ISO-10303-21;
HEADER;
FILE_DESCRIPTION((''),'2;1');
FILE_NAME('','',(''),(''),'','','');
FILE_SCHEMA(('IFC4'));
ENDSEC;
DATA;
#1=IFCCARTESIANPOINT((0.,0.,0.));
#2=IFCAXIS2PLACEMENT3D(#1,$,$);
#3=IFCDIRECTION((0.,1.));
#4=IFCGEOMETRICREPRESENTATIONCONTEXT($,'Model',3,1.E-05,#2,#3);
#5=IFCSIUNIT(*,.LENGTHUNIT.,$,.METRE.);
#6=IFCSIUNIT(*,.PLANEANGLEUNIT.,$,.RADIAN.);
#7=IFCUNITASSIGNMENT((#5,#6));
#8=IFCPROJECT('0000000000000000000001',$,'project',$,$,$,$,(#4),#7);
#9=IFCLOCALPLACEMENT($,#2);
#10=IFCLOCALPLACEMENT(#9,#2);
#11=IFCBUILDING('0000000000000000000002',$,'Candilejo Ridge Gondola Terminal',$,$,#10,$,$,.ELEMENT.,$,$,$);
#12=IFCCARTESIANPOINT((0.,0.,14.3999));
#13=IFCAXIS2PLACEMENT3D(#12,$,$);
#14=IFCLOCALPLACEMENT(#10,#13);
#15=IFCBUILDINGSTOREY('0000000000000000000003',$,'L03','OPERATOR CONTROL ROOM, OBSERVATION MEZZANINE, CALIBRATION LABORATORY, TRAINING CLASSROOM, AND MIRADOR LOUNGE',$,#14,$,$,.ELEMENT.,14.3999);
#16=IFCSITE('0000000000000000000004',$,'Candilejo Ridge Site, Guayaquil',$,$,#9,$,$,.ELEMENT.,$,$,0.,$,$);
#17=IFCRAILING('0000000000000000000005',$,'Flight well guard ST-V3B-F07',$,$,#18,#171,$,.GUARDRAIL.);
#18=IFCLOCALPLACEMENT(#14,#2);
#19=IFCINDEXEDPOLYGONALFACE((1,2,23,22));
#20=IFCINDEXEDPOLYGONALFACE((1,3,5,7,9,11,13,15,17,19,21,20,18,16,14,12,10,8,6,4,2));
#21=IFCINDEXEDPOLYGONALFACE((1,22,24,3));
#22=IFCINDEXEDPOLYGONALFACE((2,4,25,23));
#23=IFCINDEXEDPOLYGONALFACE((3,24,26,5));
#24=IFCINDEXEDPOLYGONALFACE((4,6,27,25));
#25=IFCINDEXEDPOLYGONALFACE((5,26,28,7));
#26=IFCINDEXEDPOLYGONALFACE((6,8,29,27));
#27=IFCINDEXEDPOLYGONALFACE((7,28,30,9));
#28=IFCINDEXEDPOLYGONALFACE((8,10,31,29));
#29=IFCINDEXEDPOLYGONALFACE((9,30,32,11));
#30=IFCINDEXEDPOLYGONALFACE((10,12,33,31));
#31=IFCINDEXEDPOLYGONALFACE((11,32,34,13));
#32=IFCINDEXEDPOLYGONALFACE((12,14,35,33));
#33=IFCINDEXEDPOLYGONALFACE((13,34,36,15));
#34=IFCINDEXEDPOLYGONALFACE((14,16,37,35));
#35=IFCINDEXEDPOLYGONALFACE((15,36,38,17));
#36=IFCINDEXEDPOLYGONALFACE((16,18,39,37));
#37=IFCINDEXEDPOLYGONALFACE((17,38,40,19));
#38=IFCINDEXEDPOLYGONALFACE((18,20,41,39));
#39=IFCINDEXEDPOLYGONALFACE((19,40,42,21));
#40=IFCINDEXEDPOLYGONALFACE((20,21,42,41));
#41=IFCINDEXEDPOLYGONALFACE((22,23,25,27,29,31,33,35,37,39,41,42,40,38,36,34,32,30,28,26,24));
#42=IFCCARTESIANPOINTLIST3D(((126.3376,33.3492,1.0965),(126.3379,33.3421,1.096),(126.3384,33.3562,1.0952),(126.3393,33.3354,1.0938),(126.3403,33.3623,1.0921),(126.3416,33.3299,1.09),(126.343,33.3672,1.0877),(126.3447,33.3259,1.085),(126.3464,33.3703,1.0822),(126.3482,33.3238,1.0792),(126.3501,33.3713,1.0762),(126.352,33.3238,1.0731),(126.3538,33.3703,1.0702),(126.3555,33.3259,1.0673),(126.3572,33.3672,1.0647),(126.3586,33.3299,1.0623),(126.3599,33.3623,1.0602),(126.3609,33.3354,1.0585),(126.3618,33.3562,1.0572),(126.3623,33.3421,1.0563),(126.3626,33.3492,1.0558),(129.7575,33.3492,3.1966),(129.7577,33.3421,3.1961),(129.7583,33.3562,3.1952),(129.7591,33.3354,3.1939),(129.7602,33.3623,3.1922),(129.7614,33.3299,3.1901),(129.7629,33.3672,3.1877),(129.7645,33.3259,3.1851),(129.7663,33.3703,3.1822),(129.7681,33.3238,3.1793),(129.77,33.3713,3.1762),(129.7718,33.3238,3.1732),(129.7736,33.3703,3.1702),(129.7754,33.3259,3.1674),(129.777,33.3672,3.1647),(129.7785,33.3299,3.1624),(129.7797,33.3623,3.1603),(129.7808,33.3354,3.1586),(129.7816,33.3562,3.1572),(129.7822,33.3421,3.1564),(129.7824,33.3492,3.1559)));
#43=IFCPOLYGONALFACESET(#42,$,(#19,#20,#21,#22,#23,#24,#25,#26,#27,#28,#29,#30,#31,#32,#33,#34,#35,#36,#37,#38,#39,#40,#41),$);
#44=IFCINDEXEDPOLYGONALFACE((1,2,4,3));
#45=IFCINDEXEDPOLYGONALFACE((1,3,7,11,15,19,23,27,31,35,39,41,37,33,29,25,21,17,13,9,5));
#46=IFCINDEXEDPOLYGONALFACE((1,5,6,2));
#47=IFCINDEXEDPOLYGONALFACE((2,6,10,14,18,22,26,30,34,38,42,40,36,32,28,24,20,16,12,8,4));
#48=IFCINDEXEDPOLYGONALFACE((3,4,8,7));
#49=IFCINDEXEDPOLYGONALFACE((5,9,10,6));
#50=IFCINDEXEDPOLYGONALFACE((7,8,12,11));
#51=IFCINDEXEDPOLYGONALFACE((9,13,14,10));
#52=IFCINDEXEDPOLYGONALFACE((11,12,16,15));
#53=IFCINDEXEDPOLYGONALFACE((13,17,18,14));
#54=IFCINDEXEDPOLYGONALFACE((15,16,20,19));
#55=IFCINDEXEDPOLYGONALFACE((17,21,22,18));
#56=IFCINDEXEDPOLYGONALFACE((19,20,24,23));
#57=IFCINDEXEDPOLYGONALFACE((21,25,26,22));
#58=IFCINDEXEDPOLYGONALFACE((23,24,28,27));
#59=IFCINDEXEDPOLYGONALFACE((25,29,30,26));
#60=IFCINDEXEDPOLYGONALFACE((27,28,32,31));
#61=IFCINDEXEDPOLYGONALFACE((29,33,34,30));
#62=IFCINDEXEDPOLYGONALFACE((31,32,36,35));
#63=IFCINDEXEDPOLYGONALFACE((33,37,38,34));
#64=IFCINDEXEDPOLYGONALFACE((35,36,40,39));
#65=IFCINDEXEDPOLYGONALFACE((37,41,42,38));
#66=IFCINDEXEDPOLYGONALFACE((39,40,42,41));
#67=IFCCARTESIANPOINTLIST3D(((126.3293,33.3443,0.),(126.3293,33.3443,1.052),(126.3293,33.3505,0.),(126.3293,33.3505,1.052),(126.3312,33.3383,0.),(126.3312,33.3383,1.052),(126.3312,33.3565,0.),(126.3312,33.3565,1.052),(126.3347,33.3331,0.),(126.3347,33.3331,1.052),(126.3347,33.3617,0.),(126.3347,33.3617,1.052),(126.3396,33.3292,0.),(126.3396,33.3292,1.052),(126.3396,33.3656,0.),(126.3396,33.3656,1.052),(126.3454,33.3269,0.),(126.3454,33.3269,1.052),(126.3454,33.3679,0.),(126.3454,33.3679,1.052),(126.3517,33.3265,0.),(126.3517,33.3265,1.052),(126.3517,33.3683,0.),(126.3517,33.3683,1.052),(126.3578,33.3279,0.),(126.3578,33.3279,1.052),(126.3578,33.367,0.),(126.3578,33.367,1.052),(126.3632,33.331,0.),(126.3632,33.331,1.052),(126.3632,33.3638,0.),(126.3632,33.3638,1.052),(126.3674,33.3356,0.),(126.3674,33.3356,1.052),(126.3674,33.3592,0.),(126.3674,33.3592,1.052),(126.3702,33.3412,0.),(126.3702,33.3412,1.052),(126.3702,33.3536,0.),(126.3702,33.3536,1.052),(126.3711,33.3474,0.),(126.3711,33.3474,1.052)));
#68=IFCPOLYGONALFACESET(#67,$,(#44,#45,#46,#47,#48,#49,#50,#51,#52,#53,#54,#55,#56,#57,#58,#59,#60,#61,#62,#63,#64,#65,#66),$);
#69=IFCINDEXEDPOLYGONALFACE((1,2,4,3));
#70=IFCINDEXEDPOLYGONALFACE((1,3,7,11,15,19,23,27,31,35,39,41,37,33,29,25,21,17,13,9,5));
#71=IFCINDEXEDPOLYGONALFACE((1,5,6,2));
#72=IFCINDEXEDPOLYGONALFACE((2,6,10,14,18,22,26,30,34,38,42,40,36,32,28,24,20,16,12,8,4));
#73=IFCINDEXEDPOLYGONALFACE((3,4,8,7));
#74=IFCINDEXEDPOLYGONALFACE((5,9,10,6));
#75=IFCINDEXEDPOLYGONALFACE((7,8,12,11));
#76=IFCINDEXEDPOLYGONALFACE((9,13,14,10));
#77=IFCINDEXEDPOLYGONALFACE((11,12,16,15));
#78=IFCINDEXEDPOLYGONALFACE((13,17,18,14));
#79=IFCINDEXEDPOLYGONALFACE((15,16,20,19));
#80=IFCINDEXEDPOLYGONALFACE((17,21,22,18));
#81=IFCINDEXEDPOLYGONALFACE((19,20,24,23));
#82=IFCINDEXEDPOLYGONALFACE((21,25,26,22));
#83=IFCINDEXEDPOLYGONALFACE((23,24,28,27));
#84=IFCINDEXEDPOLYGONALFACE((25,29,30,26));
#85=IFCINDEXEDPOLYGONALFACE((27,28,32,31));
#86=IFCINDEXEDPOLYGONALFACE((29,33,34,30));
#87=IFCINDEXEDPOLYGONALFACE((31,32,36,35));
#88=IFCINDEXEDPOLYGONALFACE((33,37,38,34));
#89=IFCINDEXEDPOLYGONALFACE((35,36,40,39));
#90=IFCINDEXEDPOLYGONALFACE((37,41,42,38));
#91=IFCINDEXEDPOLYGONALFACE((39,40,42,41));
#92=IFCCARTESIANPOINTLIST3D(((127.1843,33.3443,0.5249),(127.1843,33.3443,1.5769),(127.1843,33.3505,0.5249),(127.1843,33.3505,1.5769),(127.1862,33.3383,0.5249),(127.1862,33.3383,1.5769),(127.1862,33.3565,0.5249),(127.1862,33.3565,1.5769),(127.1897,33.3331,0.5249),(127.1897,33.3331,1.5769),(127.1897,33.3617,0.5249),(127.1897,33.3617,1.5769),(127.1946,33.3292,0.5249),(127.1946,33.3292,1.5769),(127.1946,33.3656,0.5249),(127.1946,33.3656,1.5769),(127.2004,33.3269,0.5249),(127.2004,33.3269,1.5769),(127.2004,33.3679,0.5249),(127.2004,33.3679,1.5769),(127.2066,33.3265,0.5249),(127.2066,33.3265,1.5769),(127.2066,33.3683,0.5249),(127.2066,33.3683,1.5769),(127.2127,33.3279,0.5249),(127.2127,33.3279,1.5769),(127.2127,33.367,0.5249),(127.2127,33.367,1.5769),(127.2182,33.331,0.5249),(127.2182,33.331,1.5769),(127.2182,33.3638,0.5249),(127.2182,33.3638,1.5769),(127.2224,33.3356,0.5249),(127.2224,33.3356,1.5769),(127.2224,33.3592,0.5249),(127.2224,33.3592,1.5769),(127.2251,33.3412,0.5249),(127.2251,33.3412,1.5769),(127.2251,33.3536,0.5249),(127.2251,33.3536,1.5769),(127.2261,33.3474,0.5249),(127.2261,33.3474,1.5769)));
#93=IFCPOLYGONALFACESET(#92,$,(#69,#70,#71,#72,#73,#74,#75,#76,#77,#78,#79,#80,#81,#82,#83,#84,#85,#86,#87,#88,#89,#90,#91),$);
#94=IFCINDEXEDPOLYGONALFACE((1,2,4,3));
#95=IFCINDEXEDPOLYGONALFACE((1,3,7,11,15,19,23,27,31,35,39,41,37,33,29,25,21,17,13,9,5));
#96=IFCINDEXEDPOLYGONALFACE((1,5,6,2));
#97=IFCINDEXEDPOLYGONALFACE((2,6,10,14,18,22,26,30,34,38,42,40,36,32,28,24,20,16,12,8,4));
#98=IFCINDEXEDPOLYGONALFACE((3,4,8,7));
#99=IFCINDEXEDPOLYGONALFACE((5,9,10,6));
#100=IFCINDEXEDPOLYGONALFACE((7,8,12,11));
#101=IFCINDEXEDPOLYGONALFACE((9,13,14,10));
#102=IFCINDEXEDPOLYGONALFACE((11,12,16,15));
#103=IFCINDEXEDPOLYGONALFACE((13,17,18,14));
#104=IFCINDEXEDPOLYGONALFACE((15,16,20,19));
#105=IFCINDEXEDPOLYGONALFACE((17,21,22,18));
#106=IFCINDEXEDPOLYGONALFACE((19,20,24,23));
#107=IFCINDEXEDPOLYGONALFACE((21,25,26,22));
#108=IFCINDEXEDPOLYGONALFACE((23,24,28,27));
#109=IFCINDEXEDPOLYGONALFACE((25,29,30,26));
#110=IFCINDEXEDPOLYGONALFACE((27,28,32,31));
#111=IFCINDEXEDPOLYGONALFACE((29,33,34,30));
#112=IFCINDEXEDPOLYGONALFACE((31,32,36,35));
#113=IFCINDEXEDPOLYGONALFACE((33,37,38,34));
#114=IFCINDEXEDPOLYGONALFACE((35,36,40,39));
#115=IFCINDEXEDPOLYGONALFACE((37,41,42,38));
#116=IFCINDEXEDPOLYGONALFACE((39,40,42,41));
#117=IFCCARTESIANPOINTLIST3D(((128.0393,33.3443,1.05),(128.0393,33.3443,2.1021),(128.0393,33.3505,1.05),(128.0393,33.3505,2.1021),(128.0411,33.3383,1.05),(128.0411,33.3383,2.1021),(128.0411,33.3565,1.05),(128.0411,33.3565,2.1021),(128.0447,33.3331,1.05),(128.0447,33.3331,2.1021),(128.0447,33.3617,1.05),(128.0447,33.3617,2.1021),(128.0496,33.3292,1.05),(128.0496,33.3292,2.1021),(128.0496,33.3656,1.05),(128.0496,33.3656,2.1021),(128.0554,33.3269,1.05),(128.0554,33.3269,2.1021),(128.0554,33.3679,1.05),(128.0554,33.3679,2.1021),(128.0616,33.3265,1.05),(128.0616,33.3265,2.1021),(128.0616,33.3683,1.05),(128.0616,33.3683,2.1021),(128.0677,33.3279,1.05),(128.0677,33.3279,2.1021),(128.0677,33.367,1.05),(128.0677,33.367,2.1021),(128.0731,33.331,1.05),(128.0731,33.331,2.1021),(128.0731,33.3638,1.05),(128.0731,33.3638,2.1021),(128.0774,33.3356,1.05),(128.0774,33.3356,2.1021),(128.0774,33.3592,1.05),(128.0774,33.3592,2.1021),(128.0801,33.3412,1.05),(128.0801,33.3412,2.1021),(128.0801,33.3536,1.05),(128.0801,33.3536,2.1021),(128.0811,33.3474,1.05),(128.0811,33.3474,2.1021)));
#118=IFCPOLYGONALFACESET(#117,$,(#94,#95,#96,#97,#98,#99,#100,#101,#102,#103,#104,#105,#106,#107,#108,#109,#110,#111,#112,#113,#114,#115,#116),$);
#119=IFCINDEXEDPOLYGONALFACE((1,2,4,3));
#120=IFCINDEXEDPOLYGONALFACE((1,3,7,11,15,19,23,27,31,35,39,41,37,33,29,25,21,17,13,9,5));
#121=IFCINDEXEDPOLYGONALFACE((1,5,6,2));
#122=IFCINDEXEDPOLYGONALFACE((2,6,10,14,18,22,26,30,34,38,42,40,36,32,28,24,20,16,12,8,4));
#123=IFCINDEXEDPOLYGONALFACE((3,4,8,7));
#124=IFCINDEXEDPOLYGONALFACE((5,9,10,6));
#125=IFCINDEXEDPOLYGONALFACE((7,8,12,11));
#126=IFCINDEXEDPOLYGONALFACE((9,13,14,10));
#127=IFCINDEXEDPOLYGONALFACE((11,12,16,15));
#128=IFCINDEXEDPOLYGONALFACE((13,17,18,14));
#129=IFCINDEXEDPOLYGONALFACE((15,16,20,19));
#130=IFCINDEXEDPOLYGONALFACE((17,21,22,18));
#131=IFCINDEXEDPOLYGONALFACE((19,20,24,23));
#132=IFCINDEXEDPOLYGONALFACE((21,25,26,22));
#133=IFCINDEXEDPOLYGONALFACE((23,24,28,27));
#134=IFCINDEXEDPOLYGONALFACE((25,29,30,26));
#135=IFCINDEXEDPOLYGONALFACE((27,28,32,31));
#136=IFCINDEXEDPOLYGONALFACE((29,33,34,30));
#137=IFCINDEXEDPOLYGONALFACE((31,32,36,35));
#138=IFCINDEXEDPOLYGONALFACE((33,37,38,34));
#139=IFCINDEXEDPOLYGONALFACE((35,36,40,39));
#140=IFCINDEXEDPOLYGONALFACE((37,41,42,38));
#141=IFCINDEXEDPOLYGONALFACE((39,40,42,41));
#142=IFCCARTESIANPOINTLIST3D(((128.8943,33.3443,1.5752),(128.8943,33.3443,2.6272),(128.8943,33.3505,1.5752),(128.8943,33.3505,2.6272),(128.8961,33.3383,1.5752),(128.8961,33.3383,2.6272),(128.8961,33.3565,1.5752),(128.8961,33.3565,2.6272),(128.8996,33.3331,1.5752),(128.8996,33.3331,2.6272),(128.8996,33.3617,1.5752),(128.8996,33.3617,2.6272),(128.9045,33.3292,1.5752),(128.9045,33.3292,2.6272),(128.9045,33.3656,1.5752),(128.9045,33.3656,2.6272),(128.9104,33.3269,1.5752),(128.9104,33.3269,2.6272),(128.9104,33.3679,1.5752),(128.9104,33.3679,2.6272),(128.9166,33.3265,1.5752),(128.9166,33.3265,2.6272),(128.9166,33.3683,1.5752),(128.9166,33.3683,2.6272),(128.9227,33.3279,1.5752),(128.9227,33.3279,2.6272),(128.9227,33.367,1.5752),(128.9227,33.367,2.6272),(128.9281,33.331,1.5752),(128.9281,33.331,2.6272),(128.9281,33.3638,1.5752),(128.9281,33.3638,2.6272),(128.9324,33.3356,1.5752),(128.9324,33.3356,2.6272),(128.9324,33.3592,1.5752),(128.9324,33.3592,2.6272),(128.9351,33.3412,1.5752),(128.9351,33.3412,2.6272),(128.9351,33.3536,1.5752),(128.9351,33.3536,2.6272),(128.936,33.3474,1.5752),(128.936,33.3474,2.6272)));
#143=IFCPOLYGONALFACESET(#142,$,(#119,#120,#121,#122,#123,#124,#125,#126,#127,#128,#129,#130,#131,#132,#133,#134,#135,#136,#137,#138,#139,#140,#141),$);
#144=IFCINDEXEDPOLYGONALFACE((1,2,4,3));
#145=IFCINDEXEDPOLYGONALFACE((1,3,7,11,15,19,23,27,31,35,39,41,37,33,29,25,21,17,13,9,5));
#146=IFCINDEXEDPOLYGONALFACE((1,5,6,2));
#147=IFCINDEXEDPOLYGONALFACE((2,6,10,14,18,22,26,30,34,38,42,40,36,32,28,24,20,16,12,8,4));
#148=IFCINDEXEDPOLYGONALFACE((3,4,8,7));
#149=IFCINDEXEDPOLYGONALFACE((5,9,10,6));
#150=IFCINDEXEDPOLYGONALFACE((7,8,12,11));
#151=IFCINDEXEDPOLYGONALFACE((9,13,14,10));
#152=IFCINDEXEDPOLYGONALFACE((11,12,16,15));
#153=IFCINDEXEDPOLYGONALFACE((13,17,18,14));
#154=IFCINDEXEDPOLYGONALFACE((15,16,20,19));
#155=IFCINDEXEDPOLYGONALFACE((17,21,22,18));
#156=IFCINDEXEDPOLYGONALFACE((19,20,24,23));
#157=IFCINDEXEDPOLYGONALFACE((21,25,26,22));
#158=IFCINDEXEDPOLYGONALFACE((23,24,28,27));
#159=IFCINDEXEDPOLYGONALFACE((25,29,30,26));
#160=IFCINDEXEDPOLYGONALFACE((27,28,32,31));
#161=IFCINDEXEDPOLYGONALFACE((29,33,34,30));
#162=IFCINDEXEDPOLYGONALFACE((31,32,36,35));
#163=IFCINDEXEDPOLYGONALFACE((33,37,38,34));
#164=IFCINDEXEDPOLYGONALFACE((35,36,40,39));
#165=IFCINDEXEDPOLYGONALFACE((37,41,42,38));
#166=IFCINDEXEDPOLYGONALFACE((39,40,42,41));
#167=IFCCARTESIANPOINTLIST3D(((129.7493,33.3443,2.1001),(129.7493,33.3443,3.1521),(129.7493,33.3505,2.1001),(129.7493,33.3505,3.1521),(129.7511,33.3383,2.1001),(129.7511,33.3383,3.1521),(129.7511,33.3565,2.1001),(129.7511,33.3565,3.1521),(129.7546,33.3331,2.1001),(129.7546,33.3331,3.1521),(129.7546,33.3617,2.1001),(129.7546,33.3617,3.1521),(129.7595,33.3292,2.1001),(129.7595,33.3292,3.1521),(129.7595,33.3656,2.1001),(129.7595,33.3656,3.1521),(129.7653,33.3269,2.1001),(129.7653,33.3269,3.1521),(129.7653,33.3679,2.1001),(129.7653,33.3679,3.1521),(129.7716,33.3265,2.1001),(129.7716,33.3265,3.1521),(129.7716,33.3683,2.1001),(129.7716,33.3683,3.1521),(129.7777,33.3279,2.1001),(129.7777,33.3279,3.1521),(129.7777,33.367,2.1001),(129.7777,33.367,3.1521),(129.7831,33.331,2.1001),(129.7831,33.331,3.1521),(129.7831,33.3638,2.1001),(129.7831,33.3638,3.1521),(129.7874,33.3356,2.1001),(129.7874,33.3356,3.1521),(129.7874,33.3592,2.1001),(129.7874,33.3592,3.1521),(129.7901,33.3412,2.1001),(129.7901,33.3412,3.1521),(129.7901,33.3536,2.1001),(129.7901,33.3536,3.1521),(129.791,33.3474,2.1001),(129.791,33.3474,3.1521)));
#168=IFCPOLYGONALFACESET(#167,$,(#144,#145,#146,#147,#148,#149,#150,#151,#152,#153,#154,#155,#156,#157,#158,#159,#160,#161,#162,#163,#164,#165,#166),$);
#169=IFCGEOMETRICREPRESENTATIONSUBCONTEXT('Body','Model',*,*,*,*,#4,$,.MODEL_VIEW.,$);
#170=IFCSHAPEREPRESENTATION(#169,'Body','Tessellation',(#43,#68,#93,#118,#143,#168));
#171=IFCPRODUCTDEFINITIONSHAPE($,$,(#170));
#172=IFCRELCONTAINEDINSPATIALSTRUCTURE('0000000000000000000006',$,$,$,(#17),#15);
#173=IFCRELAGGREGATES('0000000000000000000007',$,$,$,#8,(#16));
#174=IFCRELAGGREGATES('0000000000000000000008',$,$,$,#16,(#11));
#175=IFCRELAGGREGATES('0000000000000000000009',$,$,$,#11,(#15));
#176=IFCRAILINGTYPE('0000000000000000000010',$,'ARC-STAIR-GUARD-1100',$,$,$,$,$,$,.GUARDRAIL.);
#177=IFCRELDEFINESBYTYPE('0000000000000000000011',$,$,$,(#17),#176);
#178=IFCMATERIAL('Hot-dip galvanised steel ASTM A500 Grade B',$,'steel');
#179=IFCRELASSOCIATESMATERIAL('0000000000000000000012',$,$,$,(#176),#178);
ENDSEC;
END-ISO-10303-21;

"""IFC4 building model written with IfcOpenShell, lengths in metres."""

from ifc_helpers import new_model, si_unit, direction, frame, origin, origin_2d, place, context, subcontext, project, spatial, circle, extrude, material, type_object, element, save


model = new_model("IFC4")

# Units and contexts
model_context = context("Model", 3, precision=1e-05, world=origin(), true_north=direction((0.0, 1.0)))
body_context = subcontext(model_context, "Body", "Model", "MODEL_VIEW")
ifc_project = project(units=[si_unit("LENGTHUNIT", "METRE"), si_unit("PLANEANGLEUNIT", "RADIAN")], contexts=[model_context])

# Site, building, storey
site_placement = place(None, origin())
site = spatial("IfcSite", under=ifc_project, at=site_placement, Name="Candilejo Ridge Site, Guayaquil", CompositionType="ELEMENT", RefElevation=0.0)
building_placement = place(site_placement, origin())
building = spatial("IfcBuilding", under=site, at=building_placement, Name="Candilejo Ridge Gondola Terminal", CompositionType="ELEMENT")
storey_placement = place(building_placement, frame((0.0, 0.0, 14.3999)))
storey = spatial("IfcBuildingStorey", under=building, at=storey_placement, Name="L03", Description="OPERATOR CONTROL ROOM, OBSERVATION MEZZANINE, CALIBRATION LABORATORY, TRAINING CLASSROOM, AND MIRADOR LOUNGE", CompositionType="ELEMENT", Elevation=14.3999)

# Railing
ifc_material_1 = material(Name="Hot-dip galvanised steel ASTM A500 Grade B", Category="steel")
railing_type_1 = type_object("IfcRailingType", Name="ARC-STAIR-GUARD-1100", PredefinedType="GUARDRAIL", material=ifc_material_1)
railing_1_placement = place(storey_placement, frame((126.3501, 33.3474, 0.0)))
element("IfcRailing", 1, at=railing_1_placement, inside=storey, type_object=railing_type_1, Name="Flight well guard ST-V3B-F07", PredefinedType="GUARDRAIL", context=body_context, shape_type="SweptSolid", body=[
    extrude(circle(Radius=0.0239, at=origin_2d()), frame((0.0, 0.0, 1.0762), z_axis=(0.852155, 0.0, 0.523289), x_axis=(0.0, 1.0, 0.0)), (0.0, 0.0, 1.0), 4.0132),
    extrude(circle(Radius=0.021, at=origin_2d()), origin(), (0.0, 0.0, 1.0), 1.052),
    extrude(circle(Radius=0.021, at=origin_2d()), frame((0.855, 0.0, 0.5249)), (0.0, 0.0, 1.0), 1.052),
    extrude(circle(Radius=0.021, at=origin_2d()), frame((1.71, 0.0, 1.05)), (0.0, 0.0, 1.0), 1.052),
    extrude(circle(Radius=0.021, at=origin_2d()), frame((2.5649, 0.0, 1.5752)), (0.0, 0.0, 1.0), 1.052),
    extrude(circle(Radius=0.021, at=origin_2d()), frame((3.4199, 0.0, 2.1001)), (0.0, 0.0, 1.0), 1.052),
])

save(model, "model.ifc")
